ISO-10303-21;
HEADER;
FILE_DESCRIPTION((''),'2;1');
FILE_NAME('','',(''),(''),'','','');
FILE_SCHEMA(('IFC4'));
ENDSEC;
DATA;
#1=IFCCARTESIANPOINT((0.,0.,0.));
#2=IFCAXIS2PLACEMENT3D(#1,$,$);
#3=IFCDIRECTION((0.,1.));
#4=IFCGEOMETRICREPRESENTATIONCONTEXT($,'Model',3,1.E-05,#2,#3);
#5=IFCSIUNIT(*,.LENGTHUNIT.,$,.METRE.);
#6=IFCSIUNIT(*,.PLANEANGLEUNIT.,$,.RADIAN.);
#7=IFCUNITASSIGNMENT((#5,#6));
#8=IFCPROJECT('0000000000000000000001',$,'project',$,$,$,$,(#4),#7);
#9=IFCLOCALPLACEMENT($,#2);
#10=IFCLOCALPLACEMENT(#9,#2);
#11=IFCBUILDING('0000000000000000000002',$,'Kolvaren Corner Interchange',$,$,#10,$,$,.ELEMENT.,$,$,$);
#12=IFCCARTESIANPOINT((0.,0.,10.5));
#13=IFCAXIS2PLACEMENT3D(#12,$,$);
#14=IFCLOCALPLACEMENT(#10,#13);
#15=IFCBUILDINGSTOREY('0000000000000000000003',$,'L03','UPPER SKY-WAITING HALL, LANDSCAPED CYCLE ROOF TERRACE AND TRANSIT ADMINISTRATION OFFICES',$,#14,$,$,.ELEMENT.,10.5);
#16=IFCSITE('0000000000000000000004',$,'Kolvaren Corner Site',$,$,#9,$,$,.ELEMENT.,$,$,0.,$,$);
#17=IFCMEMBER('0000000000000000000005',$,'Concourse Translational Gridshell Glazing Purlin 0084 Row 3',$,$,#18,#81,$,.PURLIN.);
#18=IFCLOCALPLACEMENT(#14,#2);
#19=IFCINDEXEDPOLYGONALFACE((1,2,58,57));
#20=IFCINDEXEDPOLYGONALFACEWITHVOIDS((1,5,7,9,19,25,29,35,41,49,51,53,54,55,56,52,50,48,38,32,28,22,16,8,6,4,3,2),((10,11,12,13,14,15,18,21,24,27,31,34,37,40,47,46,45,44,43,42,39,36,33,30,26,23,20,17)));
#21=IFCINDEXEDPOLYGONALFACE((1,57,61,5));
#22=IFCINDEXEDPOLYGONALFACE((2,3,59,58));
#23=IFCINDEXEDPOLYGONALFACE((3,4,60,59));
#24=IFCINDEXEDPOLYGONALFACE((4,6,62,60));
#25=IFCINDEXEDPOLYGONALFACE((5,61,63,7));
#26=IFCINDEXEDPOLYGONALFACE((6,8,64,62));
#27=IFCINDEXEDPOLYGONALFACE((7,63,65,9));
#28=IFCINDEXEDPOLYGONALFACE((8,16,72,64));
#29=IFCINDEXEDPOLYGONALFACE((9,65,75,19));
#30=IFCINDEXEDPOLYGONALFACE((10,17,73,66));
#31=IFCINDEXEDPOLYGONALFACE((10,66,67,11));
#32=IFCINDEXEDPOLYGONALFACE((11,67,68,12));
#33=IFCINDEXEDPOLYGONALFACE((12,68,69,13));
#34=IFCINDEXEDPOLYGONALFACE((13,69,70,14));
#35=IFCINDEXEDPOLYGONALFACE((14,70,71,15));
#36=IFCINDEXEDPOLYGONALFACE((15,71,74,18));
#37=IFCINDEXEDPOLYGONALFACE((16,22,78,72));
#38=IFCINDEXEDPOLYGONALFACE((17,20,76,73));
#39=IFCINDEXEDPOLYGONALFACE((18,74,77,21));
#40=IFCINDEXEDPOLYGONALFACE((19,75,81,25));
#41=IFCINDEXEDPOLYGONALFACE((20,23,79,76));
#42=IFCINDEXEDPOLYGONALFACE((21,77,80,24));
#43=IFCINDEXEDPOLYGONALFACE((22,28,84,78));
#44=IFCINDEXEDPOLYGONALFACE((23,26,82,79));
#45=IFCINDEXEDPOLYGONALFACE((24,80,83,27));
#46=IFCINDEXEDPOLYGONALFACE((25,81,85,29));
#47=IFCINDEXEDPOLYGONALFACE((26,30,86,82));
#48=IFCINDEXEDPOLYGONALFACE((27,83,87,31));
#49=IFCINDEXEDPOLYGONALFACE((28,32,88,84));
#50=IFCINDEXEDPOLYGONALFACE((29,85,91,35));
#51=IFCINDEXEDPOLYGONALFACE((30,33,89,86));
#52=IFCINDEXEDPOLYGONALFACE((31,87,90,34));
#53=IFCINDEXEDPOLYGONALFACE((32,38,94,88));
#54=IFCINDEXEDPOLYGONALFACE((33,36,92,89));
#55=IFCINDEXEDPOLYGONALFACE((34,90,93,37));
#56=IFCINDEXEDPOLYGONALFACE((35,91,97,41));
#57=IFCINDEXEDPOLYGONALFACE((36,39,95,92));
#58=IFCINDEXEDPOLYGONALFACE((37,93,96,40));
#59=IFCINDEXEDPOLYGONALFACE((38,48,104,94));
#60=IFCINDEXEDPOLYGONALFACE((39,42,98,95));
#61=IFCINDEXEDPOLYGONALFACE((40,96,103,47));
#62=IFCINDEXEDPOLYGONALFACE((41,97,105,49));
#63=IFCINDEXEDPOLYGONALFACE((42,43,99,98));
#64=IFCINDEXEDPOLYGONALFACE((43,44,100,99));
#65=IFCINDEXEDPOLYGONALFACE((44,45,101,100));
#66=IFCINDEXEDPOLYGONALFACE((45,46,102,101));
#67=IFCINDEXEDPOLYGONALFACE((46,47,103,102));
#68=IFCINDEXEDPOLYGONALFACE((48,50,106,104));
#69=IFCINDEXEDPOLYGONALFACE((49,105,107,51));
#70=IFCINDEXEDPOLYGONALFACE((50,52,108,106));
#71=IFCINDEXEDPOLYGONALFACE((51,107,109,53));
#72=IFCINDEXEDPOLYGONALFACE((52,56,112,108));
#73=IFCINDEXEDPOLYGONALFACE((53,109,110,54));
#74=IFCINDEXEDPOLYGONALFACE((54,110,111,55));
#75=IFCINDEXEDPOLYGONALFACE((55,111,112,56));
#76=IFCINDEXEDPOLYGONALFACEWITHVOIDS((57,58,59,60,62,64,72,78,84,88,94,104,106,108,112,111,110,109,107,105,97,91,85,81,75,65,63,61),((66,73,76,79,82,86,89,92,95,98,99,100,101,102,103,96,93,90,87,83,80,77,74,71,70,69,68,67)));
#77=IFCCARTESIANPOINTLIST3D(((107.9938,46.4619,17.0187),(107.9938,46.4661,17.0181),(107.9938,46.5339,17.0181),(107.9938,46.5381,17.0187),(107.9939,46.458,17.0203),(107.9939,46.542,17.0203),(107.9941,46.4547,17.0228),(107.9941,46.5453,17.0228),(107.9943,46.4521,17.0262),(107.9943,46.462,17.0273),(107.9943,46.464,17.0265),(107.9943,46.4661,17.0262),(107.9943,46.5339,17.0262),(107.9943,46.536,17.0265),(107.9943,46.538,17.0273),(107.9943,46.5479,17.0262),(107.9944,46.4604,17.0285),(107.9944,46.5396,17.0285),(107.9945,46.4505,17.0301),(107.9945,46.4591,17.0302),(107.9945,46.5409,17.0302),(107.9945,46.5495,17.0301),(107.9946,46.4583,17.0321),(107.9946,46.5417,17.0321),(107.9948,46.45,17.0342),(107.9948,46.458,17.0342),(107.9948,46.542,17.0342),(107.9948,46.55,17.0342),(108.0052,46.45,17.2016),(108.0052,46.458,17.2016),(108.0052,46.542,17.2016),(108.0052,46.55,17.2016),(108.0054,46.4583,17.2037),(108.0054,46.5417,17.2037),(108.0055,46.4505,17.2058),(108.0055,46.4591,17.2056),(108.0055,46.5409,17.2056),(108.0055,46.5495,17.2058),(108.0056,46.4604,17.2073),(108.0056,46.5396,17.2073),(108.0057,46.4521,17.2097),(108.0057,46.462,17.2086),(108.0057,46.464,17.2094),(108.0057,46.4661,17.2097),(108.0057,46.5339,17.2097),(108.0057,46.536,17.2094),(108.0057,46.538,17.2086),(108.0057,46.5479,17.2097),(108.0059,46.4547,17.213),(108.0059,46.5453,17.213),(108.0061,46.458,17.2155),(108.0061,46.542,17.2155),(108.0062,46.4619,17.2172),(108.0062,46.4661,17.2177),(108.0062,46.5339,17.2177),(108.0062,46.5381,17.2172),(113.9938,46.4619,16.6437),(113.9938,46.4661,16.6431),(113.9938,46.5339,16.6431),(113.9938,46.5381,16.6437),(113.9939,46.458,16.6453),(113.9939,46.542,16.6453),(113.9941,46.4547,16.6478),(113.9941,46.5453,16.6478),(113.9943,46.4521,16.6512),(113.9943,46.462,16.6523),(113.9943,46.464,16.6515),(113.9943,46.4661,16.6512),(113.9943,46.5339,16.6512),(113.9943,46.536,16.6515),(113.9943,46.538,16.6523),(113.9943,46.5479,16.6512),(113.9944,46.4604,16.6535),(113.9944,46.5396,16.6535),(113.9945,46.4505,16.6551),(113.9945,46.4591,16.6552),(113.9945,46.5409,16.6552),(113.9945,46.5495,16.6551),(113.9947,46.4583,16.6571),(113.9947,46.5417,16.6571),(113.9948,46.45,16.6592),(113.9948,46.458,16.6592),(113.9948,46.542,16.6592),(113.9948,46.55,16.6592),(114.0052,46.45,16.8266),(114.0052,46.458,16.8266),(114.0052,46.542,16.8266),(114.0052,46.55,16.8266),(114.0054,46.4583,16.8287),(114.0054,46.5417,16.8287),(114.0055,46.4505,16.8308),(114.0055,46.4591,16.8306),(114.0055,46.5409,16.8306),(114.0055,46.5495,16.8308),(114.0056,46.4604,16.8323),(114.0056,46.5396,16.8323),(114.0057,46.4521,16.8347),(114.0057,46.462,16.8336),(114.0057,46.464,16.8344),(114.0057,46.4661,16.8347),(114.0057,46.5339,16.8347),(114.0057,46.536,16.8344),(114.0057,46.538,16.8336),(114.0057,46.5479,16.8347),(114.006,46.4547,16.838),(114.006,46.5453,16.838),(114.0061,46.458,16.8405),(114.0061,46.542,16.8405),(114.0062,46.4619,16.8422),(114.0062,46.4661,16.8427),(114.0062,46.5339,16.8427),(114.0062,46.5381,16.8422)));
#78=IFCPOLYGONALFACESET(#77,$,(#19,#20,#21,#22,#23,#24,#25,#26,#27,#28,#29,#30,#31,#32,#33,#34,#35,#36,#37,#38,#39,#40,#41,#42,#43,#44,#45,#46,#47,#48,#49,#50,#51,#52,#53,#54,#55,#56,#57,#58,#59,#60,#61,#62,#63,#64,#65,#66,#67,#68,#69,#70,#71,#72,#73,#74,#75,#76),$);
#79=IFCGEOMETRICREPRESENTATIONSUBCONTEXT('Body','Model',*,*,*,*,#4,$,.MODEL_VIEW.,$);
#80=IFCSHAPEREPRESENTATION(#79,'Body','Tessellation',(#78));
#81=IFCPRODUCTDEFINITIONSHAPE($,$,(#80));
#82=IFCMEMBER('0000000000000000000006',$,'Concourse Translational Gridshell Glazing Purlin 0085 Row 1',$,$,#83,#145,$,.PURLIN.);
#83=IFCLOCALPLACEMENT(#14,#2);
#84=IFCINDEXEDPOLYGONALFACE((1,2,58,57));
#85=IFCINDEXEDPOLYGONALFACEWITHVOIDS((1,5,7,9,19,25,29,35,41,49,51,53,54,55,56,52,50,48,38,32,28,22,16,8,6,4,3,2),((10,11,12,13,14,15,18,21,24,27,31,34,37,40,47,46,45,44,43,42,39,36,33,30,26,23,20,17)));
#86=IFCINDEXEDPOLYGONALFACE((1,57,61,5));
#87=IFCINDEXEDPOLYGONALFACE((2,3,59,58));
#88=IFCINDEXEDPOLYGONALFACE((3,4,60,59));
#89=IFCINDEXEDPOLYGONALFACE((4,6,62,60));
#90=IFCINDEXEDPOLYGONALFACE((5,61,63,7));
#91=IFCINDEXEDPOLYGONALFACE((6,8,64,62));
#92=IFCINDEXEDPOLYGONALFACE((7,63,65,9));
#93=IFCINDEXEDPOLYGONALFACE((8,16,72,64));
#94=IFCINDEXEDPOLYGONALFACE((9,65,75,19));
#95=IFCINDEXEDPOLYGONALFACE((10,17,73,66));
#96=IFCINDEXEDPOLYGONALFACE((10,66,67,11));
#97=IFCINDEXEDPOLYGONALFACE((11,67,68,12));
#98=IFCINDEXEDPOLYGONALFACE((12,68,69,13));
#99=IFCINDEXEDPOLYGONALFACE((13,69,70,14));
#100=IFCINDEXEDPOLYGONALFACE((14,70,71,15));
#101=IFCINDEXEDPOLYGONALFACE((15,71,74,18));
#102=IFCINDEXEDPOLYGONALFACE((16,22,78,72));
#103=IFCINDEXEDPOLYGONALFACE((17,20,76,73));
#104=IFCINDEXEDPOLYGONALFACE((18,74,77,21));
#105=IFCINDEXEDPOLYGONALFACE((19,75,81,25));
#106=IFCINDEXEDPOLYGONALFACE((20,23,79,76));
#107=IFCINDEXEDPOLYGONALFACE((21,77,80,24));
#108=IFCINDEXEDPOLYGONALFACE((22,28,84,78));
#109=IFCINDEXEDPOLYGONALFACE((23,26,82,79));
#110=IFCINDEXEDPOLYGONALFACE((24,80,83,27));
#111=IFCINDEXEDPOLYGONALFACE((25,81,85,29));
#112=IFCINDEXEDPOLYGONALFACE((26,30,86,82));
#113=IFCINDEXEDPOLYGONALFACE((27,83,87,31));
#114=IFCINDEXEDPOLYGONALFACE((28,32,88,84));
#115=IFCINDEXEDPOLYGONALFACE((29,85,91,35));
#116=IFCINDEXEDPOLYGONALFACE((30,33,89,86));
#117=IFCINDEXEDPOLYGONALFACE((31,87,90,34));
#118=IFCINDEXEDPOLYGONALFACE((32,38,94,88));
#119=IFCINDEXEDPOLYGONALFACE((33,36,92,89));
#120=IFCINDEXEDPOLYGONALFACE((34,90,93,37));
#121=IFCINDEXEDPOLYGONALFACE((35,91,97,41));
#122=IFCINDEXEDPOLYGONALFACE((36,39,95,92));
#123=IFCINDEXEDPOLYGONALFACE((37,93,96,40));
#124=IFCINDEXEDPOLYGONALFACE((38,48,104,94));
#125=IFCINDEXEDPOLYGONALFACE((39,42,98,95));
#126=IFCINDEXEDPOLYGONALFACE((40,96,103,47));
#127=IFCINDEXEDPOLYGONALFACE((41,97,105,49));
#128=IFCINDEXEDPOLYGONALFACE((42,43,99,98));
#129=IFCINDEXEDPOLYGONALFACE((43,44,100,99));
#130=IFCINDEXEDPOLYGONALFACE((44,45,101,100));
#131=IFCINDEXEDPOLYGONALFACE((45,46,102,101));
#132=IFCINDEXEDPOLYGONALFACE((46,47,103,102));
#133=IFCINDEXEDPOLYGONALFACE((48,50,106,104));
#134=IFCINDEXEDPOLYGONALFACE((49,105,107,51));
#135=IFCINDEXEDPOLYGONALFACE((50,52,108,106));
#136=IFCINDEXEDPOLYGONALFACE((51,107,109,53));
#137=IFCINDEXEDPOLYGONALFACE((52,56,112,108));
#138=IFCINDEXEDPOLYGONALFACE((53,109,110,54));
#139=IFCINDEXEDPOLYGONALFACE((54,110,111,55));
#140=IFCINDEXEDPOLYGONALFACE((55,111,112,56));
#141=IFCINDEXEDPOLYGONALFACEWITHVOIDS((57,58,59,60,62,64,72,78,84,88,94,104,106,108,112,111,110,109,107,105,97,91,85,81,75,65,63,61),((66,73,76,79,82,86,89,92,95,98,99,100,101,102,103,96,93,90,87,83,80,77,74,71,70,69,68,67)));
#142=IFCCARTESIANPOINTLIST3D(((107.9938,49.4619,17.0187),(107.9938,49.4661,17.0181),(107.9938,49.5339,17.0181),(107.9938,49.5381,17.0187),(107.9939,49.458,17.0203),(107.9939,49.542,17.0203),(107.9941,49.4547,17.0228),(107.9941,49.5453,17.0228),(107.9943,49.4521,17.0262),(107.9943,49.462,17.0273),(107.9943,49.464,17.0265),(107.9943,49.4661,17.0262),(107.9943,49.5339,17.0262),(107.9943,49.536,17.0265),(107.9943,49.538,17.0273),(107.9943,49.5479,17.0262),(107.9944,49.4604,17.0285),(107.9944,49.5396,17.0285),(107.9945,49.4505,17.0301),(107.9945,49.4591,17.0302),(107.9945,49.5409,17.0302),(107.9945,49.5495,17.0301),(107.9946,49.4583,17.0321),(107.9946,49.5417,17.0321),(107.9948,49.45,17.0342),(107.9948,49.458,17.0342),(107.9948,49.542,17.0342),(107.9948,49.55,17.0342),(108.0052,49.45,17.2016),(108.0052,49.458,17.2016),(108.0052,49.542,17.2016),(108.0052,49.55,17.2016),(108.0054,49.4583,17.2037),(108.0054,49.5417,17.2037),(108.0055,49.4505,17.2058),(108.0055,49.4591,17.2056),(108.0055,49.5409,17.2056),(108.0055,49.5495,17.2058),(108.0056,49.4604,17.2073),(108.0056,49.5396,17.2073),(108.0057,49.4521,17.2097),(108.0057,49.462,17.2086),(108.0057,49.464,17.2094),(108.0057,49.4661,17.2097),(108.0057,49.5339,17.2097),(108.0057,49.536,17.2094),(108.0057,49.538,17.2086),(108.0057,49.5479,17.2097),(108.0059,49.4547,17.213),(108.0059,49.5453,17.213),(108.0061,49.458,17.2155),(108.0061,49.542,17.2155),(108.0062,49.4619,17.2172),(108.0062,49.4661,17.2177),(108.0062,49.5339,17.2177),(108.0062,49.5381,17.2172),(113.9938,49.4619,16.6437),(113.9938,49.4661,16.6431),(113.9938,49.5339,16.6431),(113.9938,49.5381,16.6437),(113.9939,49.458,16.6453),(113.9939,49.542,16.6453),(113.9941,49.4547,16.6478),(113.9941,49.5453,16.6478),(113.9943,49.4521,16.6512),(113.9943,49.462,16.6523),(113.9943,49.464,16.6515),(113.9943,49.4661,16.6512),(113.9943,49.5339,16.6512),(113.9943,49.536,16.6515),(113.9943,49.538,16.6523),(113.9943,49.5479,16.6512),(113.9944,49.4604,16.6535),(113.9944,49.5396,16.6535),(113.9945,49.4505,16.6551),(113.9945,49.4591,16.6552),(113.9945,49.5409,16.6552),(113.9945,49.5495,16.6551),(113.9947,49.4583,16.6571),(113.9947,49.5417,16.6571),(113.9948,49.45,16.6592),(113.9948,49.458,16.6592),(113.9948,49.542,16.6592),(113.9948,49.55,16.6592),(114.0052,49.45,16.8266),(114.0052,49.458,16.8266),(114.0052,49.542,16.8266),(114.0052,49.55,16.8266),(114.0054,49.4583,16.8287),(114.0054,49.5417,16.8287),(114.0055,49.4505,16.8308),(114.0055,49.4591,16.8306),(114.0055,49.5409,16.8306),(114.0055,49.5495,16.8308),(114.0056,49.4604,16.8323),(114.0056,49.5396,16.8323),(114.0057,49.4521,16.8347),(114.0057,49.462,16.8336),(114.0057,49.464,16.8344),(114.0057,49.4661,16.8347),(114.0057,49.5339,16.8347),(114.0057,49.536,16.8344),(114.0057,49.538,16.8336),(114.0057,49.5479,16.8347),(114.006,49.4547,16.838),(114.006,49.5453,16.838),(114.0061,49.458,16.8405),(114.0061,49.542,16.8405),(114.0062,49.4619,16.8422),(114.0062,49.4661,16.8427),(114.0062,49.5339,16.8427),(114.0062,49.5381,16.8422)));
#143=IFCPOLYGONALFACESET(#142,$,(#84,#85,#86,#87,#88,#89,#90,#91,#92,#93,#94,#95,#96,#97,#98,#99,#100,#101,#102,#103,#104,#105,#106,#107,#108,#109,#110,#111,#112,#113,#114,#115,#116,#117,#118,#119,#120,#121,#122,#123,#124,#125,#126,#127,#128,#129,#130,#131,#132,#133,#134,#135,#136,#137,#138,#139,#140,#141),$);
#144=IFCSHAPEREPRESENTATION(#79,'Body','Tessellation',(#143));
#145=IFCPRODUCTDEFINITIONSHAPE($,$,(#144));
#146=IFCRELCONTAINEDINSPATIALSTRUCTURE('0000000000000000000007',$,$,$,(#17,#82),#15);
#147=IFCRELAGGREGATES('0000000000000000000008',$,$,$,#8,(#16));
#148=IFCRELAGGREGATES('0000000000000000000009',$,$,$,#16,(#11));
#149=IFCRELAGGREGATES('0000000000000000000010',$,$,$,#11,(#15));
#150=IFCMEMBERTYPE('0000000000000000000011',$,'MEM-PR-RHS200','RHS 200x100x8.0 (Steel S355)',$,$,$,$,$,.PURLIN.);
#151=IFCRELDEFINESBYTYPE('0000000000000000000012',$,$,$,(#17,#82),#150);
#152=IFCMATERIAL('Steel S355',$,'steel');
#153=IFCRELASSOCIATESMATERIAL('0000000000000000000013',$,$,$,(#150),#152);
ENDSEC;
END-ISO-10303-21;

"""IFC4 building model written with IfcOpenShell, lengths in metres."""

from ifc_helpers import new_model, si_unit, direction, frame, origin, origin_2d, place, context, subcontext, project, spatial, hollow_rectangle, extrude, material, material_profile, profile_set, type_object, element, save


model = new_model("IFC4")

# Units and contexts
model_context = context("Model", 3, precision=1e-05, world=origin(), true_north=direction((0.0, 1.0)))
body_context = subcontext(model_context, "Body", "Model", "MODEL_VIEW")
ifc_project = project(units=[si_unit("LENGTHUNIT", "METRE"), si_unit("PLANEANGLEUNIT", "RADIAN")], contexts=[model_context])

# Site, building, storey
site_placement = place(None, origin())
site = spatial("IfcSite", under=ifc_project, at=site_placement, Name="Kolvaren Corner Site", CompositionType="ELEMENT", RefElevation=0.0)
building_placement = place(site_placement, origin())
building = spatial("IfcBuilding", under=site, at=building_placement, Name="Kolvaren Corner Interchange", CompositionType="ELEMENT")
storey_placement = place(building_placement, frame((0.0, 0.0, 10.5)))
storey = spatial("IfcBuildingStorey", under=building, at=storey_placement, Name="L03", Description="UPPER SKY-WAITING HALL, LANDSCAPED CYCLE ROOF TERRACE AND TRANSIT ADMINISTRATION OFFICES", CompositionType="ELEMENT", Elevation=10.5)

# Members
ifc_material_1 = material(Name="Steel S355", Category="steel")
ifc_material_profile_1 = material_profile(ifc_material_1, hollow_rectangle(XDim=0.1001, YDim=0.2, WallThickness=0.0081, InnerFilletRadius=0.0081, OuterFilletRadius=0.0161, at=origin_2d()), Name="RHS 200x100x8.0")
ifc_profile_set_1 = profile_set([ifc_material_profile_1], Name="Steel S355")
member_type_1 = type_object("IfcMemberType", Name="MEM-PR-RHS200", Description="RHS 200x100x8.0 (Steel S355)", PredefinedType="PURLIN", material=ifc_profile_set_1)
for number, where, z_axis, x_axis, name in (
    (1, (108.0, 46.5, 17.1179), (0.998053, 0.0, -0.062378), (0.0, 1.0, 0.0), "Concourse Translational Gridshell Glazing Purlin 0084 Row 3"),
    (2, (108.0, 49.5, 17.1179), (0.998053, 0.0, -0.062378), (0.0, 1.0, 0.0), "Concourse Translational Gridshell Glazing Purlin 0085 Row 1"),
):
    element("IfcMember", number, at=place(storey_placement, frame(where, z_axis=z_axis, x_axis=x_axis)), inside=storey, type_object=member_type_1, Name=name, PredefinedType="PURLIN", context=body_context, shape_type="SweptSolid", body=[
        extrude(hollow_rectangle(XDim=0.1001, YDim=0.2, WallThickness=0.0081, InnerFilletRadius=0.0081, OuterFilletRadius=0.0161, at=origin_2d()), origin(), (0.0, 0.0, 1.0), 6.0117),
    ])

save(model, "model.ifc")
